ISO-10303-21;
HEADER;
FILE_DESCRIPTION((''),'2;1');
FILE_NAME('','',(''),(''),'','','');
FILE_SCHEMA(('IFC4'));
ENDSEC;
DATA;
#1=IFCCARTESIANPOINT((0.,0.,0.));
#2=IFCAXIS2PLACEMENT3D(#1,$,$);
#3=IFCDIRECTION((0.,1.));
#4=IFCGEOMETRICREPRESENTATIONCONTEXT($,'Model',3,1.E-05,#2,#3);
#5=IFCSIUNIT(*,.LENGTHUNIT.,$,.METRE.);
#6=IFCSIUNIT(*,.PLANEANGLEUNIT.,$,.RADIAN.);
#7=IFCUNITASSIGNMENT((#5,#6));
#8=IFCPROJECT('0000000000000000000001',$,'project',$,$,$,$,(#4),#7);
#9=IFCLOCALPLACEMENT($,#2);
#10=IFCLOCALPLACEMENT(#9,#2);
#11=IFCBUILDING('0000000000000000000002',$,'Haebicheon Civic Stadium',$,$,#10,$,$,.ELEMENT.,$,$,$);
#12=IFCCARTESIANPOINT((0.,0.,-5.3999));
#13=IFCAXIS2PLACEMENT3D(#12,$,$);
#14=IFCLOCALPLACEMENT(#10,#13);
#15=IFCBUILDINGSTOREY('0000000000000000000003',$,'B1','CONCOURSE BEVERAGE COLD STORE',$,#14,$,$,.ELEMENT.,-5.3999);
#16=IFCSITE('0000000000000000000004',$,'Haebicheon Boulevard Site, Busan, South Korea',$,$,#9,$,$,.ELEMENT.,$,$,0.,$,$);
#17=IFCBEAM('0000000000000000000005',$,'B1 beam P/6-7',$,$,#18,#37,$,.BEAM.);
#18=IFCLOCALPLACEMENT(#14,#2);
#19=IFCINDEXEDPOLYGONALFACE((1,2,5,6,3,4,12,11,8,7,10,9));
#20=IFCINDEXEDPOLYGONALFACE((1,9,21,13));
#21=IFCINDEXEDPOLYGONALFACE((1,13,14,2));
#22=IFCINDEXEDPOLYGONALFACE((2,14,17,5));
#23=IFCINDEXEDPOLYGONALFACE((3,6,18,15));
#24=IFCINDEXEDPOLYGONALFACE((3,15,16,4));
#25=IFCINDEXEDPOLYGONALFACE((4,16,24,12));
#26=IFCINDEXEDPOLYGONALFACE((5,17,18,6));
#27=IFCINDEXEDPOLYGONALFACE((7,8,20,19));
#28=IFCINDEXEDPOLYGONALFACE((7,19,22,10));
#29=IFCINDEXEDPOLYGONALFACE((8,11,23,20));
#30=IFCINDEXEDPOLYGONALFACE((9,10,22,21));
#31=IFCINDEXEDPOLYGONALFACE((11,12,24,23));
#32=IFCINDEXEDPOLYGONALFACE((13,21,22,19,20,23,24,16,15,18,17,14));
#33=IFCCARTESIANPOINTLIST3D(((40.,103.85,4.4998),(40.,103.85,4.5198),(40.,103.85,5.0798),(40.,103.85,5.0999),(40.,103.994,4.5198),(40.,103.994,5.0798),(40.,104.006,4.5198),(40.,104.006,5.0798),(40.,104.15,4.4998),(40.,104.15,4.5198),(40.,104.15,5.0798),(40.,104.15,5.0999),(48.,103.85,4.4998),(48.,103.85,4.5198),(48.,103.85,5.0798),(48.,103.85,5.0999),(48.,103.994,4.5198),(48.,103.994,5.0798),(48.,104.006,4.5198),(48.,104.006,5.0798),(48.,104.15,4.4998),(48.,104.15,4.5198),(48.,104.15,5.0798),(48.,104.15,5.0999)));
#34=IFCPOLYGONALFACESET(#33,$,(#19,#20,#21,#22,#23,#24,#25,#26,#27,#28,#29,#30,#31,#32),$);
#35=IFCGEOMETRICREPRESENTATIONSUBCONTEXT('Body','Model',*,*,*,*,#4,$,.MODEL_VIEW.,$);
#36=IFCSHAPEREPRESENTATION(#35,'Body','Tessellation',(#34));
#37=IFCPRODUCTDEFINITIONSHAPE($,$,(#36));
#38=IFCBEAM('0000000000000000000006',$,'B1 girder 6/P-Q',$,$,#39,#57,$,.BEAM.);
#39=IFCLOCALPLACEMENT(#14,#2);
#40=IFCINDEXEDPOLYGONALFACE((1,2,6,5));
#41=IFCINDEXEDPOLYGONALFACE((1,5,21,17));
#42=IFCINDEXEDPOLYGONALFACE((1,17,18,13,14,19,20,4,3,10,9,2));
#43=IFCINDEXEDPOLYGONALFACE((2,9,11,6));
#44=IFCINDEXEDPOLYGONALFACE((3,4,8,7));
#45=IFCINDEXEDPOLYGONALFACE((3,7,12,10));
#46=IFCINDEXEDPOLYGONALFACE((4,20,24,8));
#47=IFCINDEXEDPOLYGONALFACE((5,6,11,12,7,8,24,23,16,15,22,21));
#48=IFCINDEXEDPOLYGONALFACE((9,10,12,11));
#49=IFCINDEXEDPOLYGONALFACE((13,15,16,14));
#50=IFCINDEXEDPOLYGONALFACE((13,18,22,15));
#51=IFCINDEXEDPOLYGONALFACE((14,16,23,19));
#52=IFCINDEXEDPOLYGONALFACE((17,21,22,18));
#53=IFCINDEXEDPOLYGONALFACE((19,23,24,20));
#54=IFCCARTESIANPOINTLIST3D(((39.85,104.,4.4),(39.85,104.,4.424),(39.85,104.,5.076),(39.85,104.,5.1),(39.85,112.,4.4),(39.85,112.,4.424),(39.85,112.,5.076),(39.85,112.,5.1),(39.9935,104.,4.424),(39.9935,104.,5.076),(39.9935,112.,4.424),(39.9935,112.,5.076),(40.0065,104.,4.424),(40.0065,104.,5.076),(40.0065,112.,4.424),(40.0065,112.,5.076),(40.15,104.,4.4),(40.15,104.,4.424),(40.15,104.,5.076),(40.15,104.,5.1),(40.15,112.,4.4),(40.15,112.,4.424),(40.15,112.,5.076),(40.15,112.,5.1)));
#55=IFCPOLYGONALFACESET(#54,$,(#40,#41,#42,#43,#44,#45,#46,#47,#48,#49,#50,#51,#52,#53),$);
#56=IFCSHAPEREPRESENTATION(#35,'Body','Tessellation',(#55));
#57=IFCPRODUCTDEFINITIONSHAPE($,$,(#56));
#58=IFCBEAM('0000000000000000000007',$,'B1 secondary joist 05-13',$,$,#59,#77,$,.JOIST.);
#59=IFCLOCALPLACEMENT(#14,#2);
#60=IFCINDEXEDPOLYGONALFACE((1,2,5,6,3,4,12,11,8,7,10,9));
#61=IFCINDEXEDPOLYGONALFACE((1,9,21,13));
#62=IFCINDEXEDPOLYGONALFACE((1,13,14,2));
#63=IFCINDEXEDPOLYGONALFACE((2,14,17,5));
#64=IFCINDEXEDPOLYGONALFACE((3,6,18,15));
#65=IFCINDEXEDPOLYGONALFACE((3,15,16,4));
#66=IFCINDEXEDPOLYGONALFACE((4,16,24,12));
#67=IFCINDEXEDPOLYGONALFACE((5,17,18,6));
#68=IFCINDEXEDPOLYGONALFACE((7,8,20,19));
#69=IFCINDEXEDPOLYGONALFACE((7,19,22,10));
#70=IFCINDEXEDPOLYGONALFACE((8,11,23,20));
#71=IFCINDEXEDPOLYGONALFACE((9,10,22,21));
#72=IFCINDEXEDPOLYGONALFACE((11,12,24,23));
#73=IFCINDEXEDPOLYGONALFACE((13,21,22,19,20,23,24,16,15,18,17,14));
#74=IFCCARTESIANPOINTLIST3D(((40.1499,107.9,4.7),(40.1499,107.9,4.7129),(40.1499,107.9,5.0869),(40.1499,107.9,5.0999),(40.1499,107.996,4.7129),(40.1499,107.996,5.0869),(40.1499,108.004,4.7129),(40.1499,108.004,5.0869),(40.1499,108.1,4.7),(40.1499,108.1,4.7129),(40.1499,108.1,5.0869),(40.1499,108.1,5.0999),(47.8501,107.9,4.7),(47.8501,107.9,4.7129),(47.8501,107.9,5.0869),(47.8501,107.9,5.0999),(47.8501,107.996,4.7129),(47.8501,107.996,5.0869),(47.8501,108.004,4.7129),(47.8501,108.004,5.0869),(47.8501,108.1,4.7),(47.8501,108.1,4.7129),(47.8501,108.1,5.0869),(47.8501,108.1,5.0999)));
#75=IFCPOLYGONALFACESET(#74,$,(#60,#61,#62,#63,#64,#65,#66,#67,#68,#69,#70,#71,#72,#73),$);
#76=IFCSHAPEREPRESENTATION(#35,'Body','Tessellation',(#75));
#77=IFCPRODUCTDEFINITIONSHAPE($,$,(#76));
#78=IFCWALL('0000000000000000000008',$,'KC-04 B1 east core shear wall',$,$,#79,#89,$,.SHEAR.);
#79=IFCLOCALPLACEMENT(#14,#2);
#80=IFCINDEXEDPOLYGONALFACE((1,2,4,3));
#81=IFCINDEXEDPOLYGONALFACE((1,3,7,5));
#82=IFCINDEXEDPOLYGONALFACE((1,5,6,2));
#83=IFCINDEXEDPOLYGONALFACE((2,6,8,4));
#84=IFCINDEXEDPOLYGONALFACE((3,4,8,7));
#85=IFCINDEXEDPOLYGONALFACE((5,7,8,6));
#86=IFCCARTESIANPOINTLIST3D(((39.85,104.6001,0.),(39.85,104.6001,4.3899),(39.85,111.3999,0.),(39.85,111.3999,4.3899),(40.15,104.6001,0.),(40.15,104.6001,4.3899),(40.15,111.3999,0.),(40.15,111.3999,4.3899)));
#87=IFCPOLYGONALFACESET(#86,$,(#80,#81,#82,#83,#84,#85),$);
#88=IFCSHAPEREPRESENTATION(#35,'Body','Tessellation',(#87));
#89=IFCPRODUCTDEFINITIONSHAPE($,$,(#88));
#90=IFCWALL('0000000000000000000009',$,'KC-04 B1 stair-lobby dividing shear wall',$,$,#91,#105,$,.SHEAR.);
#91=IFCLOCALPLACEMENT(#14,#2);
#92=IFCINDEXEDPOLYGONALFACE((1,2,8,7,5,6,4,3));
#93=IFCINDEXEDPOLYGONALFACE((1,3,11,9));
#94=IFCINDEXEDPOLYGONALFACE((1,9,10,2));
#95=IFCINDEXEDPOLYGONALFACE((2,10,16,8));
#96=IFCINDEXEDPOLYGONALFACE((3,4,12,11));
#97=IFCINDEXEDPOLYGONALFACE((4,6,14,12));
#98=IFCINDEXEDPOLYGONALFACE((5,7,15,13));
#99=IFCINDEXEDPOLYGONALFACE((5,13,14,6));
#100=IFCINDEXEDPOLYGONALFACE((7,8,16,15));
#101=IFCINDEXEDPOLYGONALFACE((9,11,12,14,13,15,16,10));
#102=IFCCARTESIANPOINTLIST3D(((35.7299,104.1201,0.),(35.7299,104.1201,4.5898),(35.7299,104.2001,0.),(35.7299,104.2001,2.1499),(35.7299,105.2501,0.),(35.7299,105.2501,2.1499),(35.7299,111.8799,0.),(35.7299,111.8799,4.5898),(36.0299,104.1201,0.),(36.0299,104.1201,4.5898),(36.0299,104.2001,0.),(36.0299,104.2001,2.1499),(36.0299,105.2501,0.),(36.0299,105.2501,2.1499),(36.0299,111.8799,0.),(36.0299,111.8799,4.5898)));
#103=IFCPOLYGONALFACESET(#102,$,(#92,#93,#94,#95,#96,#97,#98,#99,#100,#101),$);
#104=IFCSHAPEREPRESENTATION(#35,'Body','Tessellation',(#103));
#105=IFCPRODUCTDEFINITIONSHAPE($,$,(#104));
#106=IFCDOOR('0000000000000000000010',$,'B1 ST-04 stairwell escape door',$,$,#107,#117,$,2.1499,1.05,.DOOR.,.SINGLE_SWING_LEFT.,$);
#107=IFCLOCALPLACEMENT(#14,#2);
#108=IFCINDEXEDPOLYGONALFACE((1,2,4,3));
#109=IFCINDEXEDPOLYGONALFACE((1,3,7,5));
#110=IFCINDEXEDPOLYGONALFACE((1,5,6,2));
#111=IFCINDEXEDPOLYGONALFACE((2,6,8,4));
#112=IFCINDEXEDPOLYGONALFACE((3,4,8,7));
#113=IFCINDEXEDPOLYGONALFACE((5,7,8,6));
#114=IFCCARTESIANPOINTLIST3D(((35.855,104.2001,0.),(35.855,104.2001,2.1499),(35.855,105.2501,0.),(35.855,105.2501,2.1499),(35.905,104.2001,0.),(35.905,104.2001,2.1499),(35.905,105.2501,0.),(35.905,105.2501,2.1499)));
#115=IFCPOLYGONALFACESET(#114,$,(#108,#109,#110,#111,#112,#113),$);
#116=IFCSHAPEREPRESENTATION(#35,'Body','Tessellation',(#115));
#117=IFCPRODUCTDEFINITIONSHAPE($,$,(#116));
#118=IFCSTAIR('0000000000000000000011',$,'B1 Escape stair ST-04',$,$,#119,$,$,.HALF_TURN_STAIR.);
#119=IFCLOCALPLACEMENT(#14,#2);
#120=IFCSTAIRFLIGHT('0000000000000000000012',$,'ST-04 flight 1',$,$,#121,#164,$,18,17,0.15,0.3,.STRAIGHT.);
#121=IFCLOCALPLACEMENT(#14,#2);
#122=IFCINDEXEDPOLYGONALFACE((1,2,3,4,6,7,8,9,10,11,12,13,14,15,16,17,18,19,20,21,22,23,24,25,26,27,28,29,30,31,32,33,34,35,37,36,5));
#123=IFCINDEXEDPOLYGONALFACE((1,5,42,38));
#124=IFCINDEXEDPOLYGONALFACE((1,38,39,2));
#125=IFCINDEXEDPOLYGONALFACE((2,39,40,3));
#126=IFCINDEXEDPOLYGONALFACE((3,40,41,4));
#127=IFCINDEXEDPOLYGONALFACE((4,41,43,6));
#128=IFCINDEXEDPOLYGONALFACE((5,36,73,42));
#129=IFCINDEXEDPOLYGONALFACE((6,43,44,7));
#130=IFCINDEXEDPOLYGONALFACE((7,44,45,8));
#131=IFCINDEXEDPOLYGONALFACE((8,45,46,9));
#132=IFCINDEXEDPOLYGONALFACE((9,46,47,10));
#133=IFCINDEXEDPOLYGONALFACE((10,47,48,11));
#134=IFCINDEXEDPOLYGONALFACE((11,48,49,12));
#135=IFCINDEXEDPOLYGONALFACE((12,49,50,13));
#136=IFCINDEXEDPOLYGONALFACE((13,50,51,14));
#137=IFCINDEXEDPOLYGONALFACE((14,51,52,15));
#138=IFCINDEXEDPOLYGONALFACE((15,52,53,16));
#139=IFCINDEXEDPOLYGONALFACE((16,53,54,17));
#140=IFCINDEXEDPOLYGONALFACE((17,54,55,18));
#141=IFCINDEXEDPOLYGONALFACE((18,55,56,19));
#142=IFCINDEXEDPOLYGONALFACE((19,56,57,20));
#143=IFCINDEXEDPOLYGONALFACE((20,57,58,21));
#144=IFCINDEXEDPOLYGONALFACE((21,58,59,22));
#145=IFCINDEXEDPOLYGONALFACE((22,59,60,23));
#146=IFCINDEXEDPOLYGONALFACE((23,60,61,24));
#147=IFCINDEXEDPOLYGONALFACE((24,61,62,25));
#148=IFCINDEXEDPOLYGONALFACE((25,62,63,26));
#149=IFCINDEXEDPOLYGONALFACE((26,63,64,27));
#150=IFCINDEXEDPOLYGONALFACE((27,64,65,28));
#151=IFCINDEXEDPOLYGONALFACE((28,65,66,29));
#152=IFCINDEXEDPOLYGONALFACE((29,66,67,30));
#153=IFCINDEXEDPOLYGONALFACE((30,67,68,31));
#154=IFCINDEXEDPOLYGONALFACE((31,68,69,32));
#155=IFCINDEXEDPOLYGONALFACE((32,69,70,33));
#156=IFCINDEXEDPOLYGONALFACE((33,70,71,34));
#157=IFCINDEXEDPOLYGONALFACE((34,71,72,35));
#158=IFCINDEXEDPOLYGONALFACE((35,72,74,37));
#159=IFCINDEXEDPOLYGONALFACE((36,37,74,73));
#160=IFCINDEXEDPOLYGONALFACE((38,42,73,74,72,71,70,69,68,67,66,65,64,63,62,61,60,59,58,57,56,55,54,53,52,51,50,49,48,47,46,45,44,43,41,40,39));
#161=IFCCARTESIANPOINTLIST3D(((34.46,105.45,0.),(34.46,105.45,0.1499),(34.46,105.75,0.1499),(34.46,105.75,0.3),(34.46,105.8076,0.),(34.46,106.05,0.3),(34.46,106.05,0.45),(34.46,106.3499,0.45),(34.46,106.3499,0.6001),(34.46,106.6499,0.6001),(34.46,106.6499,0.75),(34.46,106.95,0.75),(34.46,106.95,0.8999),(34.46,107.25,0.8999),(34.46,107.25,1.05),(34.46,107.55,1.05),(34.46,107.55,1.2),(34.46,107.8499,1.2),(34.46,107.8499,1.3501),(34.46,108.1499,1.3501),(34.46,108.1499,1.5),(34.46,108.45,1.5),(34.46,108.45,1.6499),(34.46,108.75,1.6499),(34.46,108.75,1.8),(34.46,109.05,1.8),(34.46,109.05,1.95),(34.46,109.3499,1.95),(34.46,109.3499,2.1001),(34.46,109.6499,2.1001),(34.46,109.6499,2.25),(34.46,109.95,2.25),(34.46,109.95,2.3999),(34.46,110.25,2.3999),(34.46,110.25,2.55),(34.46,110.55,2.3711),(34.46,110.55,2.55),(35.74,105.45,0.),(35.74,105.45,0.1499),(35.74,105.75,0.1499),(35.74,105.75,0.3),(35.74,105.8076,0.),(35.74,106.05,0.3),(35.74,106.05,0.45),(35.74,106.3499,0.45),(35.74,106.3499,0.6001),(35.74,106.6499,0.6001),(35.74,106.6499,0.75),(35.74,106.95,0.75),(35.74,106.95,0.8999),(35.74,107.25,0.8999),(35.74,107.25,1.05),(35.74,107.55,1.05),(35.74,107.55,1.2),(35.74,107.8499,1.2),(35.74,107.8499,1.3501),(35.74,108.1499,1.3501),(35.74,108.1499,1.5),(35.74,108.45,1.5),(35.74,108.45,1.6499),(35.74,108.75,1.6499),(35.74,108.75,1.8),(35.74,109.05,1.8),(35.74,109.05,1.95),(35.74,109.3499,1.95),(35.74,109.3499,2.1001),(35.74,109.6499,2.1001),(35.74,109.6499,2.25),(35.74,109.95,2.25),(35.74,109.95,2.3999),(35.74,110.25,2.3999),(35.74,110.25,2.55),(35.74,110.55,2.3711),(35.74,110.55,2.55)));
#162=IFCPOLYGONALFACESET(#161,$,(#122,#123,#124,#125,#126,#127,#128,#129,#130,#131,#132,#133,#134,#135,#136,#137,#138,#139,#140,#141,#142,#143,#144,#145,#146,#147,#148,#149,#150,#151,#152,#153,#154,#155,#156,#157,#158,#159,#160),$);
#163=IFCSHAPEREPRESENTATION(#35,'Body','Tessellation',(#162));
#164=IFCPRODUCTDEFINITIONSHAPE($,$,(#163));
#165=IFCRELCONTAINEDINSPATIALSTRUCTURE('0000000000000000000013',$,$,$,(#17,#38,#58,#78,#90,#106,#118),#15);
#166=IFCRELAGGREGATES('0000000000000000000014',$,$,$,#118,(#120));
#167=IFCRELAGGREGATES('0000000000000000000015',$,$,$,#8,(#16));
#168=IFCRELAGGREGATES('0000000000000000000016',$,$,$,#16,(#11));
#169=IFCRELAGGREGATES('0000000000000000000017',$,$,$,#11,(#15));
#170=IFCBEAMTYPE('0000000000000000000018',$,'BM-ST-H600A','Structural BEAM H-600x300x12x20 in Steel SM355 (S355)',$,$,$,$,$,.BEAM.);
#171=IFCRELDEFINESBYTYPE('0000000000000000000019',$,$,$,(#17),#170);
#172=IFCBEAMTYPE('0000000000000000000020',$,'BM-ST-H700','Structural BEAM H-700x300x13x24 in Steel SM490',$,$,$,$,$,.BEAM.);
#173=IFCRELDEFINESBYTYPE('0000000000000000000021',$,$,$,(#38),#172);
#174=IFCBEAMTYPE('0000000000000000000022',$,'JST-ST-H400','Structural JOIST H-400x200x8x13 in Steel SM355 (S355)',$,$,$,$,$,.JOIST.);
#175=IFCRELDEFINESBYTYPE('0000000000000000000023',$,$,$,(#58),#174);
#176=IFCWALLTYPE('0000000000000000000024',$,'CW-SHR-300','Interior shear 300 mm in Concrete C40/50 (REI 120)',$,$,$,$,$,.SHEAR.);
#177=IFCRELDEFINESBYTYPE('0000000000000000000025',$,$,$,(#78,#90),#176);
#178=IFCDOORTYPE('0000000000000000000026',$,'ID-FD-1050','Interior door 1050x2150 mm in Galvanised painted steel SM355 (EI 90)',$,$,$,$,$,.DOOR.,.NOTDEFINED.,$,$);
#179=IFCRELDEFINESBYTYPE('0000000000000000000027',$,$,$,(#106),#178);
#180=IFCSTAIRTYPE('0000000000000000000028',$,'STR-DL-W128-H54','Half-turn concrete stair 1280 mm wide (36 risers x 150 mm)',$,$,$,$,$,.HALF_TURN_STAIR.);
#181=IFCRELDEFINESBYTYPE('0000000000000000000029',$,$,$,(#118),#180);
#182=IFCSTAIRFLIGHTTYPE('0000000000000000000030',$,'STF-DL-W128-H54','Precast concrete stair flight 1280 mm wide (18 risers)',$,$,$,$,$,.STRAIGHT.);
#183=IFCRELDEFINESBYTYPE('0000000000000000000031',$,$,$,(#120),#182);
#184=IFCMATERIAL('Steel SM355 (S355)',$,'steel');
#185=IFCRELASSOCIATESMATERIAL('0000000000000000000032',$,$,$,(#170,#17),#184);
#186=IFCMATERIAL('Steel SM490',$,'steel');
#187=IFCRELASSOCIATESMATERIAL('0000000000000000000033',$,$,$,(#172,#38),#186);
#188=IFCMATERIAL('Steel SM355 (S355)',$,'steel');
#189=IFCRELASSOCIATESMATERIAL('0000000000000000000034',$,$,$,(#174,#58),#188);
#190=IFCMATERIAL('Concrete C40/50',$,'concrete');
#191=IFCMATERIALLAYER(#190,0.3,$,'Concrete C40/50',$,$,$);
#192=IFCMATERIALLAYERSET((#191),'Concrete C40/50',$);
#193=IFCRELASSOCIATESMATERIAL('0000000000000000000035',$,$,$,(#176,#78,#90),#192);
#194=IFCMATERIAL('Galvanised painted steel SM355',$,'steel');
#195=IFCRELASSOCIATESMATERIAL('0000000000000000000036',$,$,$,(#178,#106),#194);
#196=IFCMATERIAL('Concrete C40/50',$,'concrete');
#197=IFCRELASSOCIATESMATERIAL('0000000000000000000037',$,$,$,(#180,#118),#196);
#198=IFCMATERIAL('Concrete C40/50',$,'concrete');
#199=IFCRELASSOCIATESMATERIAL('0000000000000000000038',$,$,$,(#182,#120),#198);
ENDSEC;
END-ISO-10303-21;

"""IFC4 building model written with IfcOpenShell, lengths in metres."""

from ifc_helpers import new_model, si_unit, direction, frame, frame_2d, origin, origin_2d, place, context, subcontext, project, spatial, polyline, rectangle, i_section, outline, extrude, material, layer, layer_set, material_profile, profile_set, type_object, element, fill, aggregate, save


model = new_model("IFC4")

# Units and contexts
model_context = context("Model", 3, precision=1e-05, world=origin(), true_north=direction((0.0, 1.0)))
body_context = subcontext(model_context, "Body", "Model", "MODEL_VIEW")
ifc_project = project(units=[si_unit("LENGTHUNIT", "METRE"), si_unit("PLANEANGLEUNIT", "RADIAN")], contexts=[model_context])

# Site, building, storey
site_placement = place(None, origin())
site = spatial("IfcSite", under=ifc_project, at=site_placement, Name="Haebicheon Boulevard Site, Busan, South Korea", CompositionType="ELEMENT", RefElevation=0.0)
building_placement = place(site_placement, origin())
building = spatial("IfcBuilding", under=site, at=building_placement, Name="Haebicheon Civic Stadium", CompositionType="ELEMENT")
storey_placement = place(building_placement, frame((0.0, 0.0, -5.3999)))
storey = spatial("IfcBuildingStorey", under=building, at=storey_placement, Name="B1", Description="CONCOURSE BEVERAGE COLD STORE", CompositionType="ELEMENT", Elevation=-5.3999)

# Beams
ifc_material_1 = material(Name="Steel SM355 (S355)", Category="steel")
ifc_material_profile_1 = material_profile(ifc_material_1, i_section(OverallWidth=0.3, OverallDepth=0.6001, WebThickness=0.012, FlangeThickness=0.02, at=origin_2d()), Name="H-600x300x12x20")
ifc_profile_set_1 = profile_set([ifc_material_profile_1], Name="Steel SM355 (S355)")
beam_type_1 = type_object("IfcBeamType", Name="BM-ST-H600A", Description="Structural BEAM H-600x300x12x20 in Steel SM355 (S355)", PredefinedType="BEAM", material=ifc_profile_set_1)
beam_1_placement = place(storey_placement, frame((40.0, 104.0, 4.7998), z_axis=(1.0, 0.0, 0.0), x_axis=(0.0, 1.0, 0.0)))
element("IfcBeam", 1, at=beam_1_placement, inside=storey, type_object=beam_type_1, material=ifc_profile_set_1, Name="B1 beam P/6-7", PredefinedType="BEAM", context=body_context, shape_type="SweptSolid", body=[
    extrude(i_section(OverallWidth=0.3, OverallDepth=0.6001, WebThickness=0.012, FlangeThickness=0.02, at=origin_2d()), origin(), (0.0, 0.0, 1.0), 8.0),
])
ifc_material_2 = material(Name="Steel SM490", Category="steel")
ifc_material_profile_2 = material_profile(ifc_material_2, i_section(OverallWidth=0.3, OverallDepth=0.7, WebThickness=0.0129, FlangeThickness=0.0239, at=origin_2d()), Name="H-700x300x13x24")
ifc_profile_set_2 = profile_set([ifc_material_profile_2], Name="Steel SM490")
beam_type_2 = type_object("IfcBeamType", Name="BM-ST-H700", Description="Structural BEAM H-700x300x13x24 in Steel SM490", PredefinedType="BEAM", material=ifc_profile_set_2)
beam_2_placement = place(storey_placement, frame((40.0, 104.0, 4.75), z_axis=(0.0, 1.0, 0.0), x_axis=(-1.0, 0.0, 0.0)))
element("IfcBeam", 2, at=beam_2_placement, inside=storey, type_object=beam_type_2, material=ifc_profile_set_2, Name="B1 girder 6/P-Q", PredefinedType="BEAM", context=body_context, shape_type="SweptSolid", body=[
    extrude(i_section(OverallWidth=0.3, OverallDepth=0.7, WebThickness=0.0129, FlangeThickness=0.0239, at=origin_2d()), origin(), (0.0, 0.0, 1.0), 8.0),
])
ifc_material_3 = material(Name="Steel SM355 (S355)", Category="steel")
ifc_material_profile_3 = material_profile(ifc_material_3, i_section(OverallWidth=0.2, OverallDepth=0.3999, WebThickness=0.0081, FlangeThickness=0.0129, at=origin_2d()), Name="H-400x200x8x13")
ifc_profile_set_3 = profile_set([ifc_material_profile_3], Name="Steel SM355 (S355)")
beam_type_3 = type_object("IfcBeamType", Name="JST-ST-H400", Description="Structural JOIST H-400x200x8x13 in Steel SM355 (S355)", PredefinedType="JOIST", material=ifc_profile_set_3)
beam_3_placement = place(storey_placement, frame((40.1499, 108.0, 4.8999), z_axis=(1.0, 0.0, 0.0), x_axis=(0.0, 1.0, 0.0)))
element("IfcBeam", 3, at=beam_3_placement, inside=storey, type_object=beam_type_3, material=ifc_profile_set_3, Name="B1 secondary joist 05-13", PredefinedType="JOIST", context=body_context, shape_type="SweptSolid", body=[
    extrude(i_section(OverallWidth=0.2, OverallDepth=0.3999, WebThickness=0.0081, FlangeThickness=0.0129, at=origin_2d()), origin(), (0.0, 0.0, 1.0), 7.7002),
])

# Wall
ifc_material_4 = material(Name="Concrete C40/50", Category="concrete")
ifc_layer_1 = layer(ifc_material_4, 0.3, Name="Concrete C40/50")
ifc_layer_set_1 = layer_set([ifc_layer_1], Name="Concrete C40/50")
wall_type = type_object("IfcWallType", Name="CW-SHR-300", Description="Interior shear 300 mm in Concrete C40/50 (REI 120)", PredefinedType="SHEAR", material=ifc_layer_set_1)
wall_1_placement = place(storey_placement, frame((40.0, 104.6001, 0.0), z_axis=(0.0, 0.0, 1.0), x_axis=(0.0, 1.0, 0.0)))
element("IfcWall", 4, at=wall_1_placement, inside=storey, type_object=wall_type, material=ifc_layer_set_1, Name="KC-04 B1 east core shear wall", PredefinedType="SHEAR", context=body_context, shape_type="SweptSolid", body=[
    extrude(rectangle(XDim=6.7998, YDim=0.3, at=frame_2d((3.3999, 0.0))), origin(), (0.0, 0.0, 1.0), 4.3899),
])

# Wall, opening, door
wall_2_placement = place(storey_placement, frame((35.8799, 104.1201, 0.0), z_axis=(0.0, 0.0, 1.0), x_axis=(0.0, 1.0, 0.0)))
wall_2 = element("IfcWall", 5, at=wall_2_placement, inside=storey, type_object=wall_type, material=ifc_layer_set_1, Name="KC-04 B1 stair-lobby dividing shear wall", PredefinedType="SHEAR", context=body_context, shape_type="SweptSolid", body=[
    extrude(rectangle(XDim=7.7598, YDim=0.3, at=frame_2d((3.8799, 0.0))), origin(), (0.0, 0.0, 1.0), 4.5898),
])
opening_1_placement = place(wall_2_placement, frame((0.0801, 0.0, 0.0)))
opening_1 = element("IfcOpeningElement", 6, at=opening_1_placement, cuts=wall_2, PredefinedType="OPENING", context=body_context, shape_type="SweptSolid", body=[
    extrude(rectangle(XDim=1.05, YDim=2.1499, at=frame_2d((0.5249, 1.075))), frame((0.0, 0.1599, 0.0), z_axis=(0.0, -1.0, 0.0), x_axis=(1.0, 0.0, 0.0)), (0.0, 0.0, 1.0), 0.3201),
])
ifc_material_5 = material(Name="Galvanised painted steel SM355", Category="steel")
door_type_1 = type_object("IfcDoorType", Name="ID-FD-1050", Description="Interior door 1050x2150 mm in Galvanised painted steel SM355 (EI 90)", OperationType="NOTDEFINED", PredefinedType="DOOR", material=ifc_material_5)
door_1_placement = place(opening_1_placement, origin())
door_1 = element("IfcDoor", 7, at=door_1_placement, inside=storey, type_object=door_type_1, material=ifc_material_5, Name="B1 ST-04 stairwell escape door", OperationType="SINGLE_SWING_LEFT", OverallHeight=2.1499, OverallWidth=1.05, PredefinedType="DOOR", context=body_context, shape_type="SweptSolid", body=[
    extrude(rectangle(XDim=1.05, YDim=2.1499, at=frame_2d((0.5249, 1.075))), frame((0.0, 0.0249, 0.0), z_axis=(0.0, -1.0, 0.0), x_axis=(1.0, 0.0, 0.0)), (0.0, 0.0, 1.0), 0.05),
])
fill(opening_1, door_1)

# Stair, stair flight
ifc_material_6 = material(Name="Concrete C40/50", Category="concrete")
stair_type = type_object("IfcStairType", Name="STR-DL-W128-H54", Description="Half-turn concrete stair 1280 mm wide (36 risers x 150 mm)", PredefinedType="HALF_TURN_STAIR", material=ifc_material_6)
stair_placement = place(storey_placement, origin())
stair = element("IfcStair", 8, at=stair_placement, inside=storey, type_object=stair_type, material=ifc_material_6, Name="B1 Escape stair ST-04", PredefinedType="HALF_TURN_STAIR")
ifc_material_7 = material(Name="Concrete C40/50", Category="concrete")
stair_flight_type = type_object("IfcStairFlightType", Name="STF-DL-W128-H54", Description="Precast concrete stair flight 1280 mm wide (18 risers)", PredefinedType="STRAIGHT", material=ifc_material_7)
stair_flight_placement = place(storey_placement, frame((35.1001, 105.45, 0.0), z_axis=(0.0, 0.0, 1.0), x_axis=(0.0, 1.0, 0.0)))
stair_flight = element("IfcStairFlight", 9, at=stair_flight_placement, type_object=stair_flight_type, material=ifc_material_7, Name="ST-04 flight 1", NumberOfRisers=18, NumberOfTreads=17, PredefinedType="STRAIGHT", RiserHeight=0.15, TreadLength=0.3, context=body_context, shape_type="SweptSolid", body=[
    extrude(outline(polyline([(0.0, 0.0), (0.0, 0.1499), (0.3, 0.1499), (0.3, 0.3), (0.6001, 0.3), (0.6001, 0.45), (0.8999, 0.45), (0.8999, 0.6001), (1.2, 0.6001), (1.2, 0.75), (1.5, 0.75), (1.5, 0.8999), (1.8, 0.8999), (1.8, 1.05), (2.1001, 1.05), (2.1001, 1.2), (2.3999, 1.2), (2.3999, 1.3501), (2.7, 1.3501), (2.7, 1.5), (3.0, 1.5), (3.0, 1.6499), (3.3, 1.6499), (3.3, 1.8), (3.6001, 1.8), (3.6001, 1.95), (3.8999, 1.95), (3.8999, 2.1001), (4.2, 2.1001), (4.2, 2.25), (4.5, 2.25), (4.5, 2.3999), (4.8, 2.3999), (4.8, 2.55), (5.1001, 2.55), (5.1001, 2.7), (5.1001, 2.3711), (0.3577, 0.0), (0.0, 0.0)])), frame((0.0, 0.6401, 0.0), z_axis=(0.0, -1.0, 0.0), x_axis=(1.0, 0.0, 0.0)), (0.0, 0.0, 1.0), 1.28),
])
aggregate(stair, [stair_flight])

save(model, "model.ifc")
